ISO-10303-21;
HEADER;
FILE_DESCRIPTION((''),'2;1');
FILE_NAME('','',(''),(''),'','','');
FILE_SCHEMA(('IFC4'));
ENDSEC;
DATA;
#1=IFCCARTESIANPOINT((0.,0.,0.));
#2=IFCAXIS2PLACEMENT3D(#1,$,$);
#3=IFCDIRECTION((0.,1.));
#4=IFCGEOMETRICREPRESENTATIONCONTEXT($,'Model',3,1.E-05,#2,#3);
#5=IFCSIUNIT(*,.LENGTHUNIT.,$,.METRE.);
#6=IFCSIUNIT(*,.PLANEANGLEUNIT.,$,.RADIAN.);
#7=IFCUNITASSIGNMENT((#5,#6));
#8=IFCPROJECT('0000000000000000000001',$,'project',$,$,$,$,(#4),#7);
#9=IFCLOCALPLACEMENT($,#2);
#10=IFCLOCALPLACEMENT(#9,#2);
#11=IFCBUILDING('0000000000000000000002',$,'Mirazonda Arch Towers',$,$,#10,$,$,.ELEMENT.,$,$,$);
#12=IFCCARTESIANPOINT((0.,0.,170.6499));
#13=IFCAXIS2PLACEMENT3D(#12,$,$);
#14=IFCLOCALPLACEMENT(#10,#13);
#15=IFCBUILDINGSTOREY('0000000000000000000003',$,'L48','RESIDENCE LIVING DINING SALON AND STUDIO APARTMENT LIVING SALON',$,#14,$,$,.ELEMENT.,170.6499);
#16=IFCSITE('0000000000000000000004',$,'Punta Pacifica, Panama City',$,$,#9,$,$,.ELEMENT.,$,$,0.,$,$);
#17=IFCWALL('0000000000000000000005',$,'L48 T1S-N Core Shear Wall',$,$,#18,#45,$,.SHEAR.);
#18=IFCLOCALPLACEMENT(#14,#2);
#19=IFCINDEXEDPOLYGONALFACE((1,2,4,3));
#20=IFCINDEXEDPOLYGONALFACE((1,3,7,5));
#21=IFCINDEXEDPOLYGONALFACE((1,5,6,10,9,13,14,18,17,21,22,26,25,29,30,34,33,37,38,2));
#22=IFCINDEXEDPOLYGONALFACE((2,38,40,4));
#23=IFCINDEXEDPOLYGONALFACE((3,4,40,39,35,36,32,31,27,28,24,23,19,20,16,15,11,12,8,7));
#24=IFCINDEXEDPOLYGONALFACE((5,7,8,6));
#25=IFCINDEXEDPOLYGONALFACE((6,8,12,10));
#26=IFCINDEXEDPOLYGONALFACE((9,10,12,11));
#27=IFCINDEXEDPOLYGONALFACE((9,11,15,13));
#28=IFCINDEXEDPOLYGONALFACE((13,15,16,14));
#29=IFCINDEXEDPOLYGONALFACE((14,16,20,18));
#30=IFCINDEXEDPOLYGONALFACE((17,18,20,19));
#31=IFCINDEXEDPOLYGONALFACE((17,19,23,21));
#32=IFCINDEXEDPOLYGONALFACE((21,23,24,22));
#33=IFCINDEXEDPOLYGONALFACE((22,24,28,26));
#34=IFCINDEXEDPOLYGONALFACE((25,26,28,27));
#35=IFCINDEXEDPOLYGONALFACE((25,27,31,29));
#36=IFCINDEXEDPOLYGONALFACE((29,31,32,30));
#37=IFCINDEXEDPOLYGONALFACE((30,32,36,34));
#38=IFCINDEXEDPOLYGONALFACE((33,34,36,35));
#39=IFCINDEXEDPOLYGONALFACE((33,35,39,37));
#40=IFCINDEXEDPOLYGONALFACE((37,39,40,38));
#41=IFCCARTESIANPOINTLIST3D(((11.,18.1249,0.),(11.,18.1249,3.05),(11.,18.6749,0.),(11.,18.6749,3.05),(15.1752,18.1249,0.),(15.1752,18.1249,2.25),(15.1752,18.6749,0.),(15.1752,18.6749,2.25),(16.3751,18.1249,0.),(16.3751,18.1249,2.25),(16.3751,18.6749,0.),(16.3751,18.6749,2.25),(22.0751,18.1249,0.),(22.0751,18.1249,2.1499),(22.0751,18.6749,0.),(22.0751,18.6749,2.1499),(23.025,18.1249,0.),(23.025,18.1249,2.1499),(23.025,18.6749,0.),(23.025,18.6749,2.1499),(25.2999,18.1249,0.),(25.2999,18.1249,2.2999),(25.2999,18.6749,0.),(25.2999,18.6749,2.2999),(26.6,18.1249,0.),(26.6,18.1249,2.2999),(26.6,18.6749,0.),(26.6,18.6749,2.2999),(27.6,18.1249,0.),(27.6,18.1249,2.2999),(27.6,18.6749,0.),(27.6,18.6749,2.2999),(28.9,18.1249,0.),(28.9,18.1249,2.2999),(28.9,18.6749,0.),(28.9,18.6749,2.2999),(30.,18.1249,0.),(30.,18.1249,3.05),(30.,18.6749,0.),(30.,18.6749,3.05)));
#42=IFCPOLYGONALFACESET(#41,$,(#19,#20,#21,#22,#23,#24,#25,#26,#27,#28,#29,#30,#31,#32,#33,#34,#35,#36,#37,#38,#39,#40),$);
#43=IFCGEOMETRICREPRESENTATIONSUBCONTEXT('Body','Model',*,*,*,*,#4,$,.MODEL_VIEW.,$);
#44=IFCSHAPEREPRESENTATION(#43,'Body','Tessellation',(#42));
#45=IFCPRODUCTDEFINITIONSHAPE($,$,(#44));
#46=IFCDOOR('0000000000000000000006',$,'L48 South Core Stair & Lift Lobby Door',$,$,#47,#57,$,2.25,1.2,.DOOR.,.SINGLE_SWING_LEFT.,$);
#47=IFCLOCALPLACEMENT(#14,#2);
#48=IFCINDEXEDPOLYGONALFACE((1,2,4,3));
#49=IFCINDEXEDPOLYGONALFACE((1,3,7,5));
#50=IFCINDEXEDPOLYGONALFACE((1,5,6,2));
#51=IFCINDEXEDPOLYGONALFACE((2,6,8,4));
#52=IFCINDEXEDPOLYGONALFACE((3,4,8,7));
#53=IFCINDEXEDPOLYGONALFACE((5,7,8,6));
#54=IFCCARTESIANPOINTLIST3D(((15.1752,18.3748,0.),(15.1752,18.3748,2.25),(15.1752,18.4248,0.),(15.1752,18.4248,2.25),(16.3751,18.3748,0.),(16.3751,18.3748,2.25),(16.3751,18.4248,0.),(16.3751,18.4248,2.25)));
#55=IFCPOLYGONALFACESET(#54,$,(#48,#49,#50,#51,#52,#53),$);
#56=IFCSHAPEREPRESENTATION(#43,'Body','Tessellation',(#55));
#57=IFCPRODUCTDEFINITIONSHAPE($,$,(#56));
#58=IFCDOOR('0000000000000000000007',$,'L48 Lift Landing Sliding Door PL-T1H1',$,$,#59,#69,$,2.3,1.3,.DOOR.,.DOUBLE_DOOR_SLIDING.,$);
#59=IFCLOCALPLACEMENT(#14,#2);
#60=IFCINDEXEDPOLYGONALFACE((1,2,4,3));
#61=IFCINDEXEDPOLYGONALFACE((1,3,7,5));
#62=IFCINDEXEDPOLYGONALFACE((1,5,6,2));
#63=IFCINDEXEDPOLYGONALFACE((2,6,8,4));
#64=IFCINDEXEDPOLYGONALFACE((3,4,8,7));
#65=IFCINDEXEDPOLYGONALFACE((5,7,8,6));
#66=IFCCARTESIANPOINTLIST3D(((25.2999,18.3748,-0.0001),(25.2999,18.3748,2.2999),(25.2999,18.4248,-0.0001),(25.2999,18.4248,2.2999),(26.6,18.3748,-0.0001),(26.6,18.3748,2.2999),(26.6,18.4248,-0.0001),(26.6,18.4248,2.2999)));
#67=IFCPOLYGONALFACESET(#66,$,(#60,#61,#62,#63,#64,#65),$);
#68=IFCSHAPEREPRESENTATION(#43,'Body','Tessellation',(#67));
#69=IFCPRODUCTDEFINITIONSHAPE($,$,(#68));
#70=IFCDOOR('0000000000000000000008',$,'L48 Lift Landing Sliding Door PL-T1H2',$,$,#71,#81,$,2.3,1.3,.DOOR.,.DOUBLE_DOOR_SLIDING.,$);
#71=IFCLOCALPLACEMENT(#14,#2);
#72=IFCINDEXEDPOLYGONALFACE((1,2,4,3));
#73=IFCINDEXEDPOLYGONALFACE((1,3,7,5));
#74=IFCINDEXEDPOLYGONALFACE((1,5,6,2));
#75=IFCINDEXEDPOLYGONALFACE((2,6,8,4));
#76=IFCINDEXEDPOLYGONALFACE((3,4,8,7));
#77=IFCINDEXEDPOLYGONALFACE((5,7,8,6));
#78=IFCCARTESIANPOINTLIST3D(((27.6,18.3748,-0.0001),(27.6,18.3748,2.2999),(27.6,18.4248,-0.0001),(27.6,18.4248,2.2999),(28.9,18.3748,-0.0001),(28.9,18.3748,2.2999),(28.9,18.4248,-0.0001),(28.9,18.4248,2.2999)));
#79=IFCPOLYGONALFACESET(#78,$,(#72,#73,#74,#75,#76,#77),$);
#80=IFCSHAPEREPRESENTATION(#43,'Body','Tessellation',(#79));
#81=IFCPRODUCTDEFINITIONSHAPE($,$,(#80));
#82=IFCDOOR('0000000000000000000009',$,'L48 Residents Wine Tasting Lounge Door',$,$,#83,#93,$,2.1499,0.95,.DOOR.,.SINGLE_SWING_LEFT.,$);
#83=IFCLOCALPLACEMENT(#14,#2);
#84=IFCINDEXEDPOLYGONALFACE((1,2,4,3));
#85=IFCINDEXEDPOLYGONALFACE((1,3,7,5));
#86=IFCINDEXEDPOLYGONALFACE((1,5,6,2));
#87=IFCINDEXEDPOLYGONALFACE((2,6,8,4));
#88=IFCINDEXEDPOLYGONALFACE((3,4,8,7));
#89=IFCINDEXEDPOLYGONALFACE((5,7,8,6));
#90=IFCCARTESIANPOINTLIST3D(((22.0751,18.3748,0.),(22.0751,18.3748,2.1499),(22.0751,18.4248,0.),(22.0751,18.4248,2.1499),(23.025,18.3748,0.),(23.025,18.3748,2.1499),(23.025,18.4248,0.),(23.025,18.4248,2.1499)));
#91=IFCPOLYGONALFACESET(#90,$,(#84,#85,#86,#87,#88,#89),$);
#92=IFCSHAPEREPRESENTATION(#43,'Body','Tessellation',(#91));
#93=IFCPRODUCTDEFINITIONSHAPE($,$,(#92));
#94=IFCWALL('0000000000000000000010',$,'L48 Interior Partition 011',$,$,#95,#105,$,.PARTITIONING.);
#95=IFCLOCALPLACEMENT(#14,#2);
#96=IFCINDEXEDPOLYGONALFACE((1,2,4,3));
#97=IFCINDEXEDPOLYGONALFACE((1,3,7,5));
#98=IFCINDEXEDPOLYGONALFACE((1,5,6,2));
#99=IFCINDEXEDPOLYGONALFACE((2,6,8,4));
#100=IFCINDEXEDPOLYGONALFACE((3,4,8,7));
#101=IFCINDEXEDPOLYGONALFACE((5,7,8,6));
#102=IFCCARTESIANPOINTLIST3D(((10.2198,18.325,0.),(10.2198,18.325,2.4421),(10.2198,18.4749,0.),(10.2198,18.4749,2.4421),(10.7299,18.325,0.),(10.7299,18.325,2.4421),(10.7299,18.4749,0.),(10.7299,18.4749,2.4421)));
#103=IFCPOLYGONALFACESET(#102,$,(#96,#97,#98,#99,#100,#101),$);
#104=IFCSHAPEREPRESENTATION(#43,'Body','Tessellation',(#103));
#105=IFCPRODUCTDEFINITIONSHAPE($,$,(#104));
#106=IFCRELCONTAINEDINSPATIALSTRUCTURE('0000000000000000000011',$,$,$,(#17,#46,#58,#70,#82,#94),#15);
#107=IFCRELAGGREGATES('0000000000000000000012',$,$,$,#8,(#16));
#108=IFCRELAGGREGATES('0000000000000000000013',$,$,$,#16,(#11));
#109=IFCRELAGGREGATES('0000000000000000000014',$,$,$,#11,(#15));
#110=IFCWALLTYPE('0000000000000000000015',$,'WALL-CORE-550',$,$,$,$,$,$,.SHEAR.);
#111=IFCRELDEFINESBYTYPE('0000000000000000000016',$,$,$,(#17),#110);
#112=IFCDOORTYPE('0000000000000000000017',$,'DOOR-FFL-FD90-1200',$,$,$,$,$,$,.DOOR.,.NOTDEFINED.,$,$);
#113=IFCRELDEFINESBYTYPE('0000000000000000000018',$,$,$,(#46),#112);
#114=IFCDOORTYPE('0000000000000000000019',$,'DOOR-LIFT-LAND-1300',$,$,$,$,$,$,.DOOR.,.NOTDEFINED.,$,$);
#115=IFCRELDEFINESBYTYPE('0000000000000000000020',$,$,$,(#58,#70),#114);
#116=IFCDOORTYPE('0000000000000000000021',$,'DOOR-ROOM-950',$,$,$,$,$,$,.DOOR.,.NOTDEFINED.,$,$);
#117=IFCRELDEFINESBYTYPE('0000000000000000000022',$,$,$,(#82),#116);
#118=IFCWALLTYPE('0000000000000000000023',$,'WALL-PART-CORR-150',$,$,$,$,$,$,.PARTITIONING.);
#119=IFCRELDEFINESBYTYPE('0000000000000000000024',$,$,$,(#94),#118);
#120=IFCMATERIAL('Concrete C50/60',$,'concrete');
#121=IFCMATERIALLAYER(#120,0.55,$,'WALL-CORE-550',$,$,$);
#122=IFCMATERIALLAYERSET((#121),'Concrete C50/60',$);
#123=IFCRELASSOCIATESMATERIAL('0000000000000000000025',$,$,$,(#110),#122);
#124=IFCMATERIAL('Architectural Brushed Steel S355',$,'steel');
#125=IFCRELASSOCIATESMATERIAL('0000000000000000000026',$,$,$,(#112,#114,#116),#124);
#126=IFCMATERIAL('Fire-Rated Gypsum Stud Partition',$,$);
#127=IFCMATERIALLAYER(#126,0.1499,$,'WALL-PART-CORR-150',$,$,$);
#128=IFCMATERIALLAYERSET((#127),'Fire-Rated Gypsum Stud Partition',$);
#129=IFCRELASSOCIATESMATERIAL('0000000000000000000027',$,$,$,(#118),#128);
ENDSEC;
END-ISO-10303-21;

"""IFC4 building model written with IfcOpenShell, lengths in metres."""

from ifc_helpers import new_model, si_unit, direction, frame, frame_2d, origin, place, context, subcontext, project, spatial, rectangle, extrude, material, layer, layer_set, type_object, element, fill, save


model = new_model("IFC4")

# Units and contexts
model_context = context("Model", 3, precision=1e-05, world=origin(), true_north=direction((0.0, 1.0)))
body_context = subcontext(model_context, "Body", "Model", "MODEL_VIEW")
ifc_project = project(units=[si_unit("LENGTHUNIT", "METRE"), si_unit("PLANEANGLEUNIT", "RADIAN")], contexts=[model_context])

# Site, building, storey
site_placement = place(None, origin())
site = spatial("IfcSite", under=ifc_project, at=site_placement, Name="Punta Pacifica, Panama City", CompositionType="ELEMENT", RefElevation=0.0)
building_placement = place(site_placement, origin())
building = spatial("IfcBuilding", under=site, at=building_placement, Name="Mirazonda Arch Towers", CompositionType="ELEMENT")
storey_placement = place(building_placement, frame((0.0, 0.0, 170.6499)))
storey = spatial("IfcBuildingStorey", under=building, at=storey_placement, Name="L48", Description="RESIDENCE LIVING DINING SALON AND STUDIO APARTMENT LIVING SALON", CompositionType="ELEMENT", Elevation=170.6499)

# Shared definitions
ifc_material_1 = material(Name="Concrete C50/60", Category="concrete")

# Shared definitions
ifc_material_2 = material(Name="Architectural Brushed Steel S355", Category="steel")

# Wall, openings, doors
ifc_layer_1 = layer(ifc_material_1, 0.55, Name="WALL-CORE-550")
ifc_layer_set_1 = layer_set([ifc_layer_1], Name="Concrete C50/60")
wall_type_1 = type_object("IfcWallType", Name="WALL-CORE-550", PredefinedType="SHEAR", material=ifc_layer_set_1)
wall_1_placement = place(storey_placement, frame((11.0, 18.3999, 0.0), z_axis=(0.0, 0.0, 1.0), x_axis=(1.0, 0.0, 0.0)))
wall_1 = element("IfcWall", 1, at=wall_1_placement, inside=storey, type_object=wall_type_1, Name="L48 T1S-N Core Shear Wall", PredefinedType="SHEAR", context=body_context, shape_type="SweptSolid", body=[
    extrude(rectangle(XDim=19.0, YDim=0.55, at=frame_2d((9.5, 0.0))), origin(), (0.0, 0.0, 1.0), 3.05),
])
opening_1_placement = place(wall_1_placement, frame((4.175, 0.0, 0.0)))
opening_1 = element("IfcOpeningElement", 2, at=opening_1_placement, cuts=wall_1, PredefinedType="OPENING", context=body_context, shape_type="SweptSolid", body=[
    extrude(rectangle(XDim=1.2, YDim=2.25, at=frame_2d((0.6001, 1.125))), frame((0.0, 0.2849, 0.0), z_axis=(0.0, -1.0, 0.0), x_axis=(1.0, 0.0, 0.0)), (0.0, 0.0, 1.0), 0.5701),
])
opening_2_placement = place(wall_1_placement, frame((11.075, 0.0, 0.0)))
opening_2 = element("IfcOpeningElement", 3, at=opening_2_placement, cuts=wall_1, PredefinedType="OPENING", context=body_context, shape_type="SweptSolid", body=[
    extrude(rectangle(XDim=0.95, YDim=2.1499, at=frame_2d((0.4751, 1.075))), frame((0.0, 0.2849, 0.0), z_axis=(0.0, -1.0, 0.0), x_axis=(1.0, 0.0, 0.0)), (0.0, 0.0, 1.0), 0.5701),
])
opening_3_placement = place(wall_1_placement, frame((14.3, 0.0, 0.0)))
opening_3 = element("IfcOpeningElement", 4, at=opening_3_placement, cuts=wall_1, PredefinedType="OPENING", context=body_context, shape_type="SweptSolid", body=[
    extrude(rectangle(XDim=1.3, YDim=2.3, at=frame_2d((0.6499, 1.1499))), frame((0.0, 0.2849, 0.0), z_axis=(0.0, -1.0, 0.0), x_axis=(1.0, 0.0, 0.0)), (0.0, 0.0, 1.0), 0.5701),
])
opening_4_placement = place(wall_1_placement, frame((16.6001, 0.0, 0.0)))
opening_4 = element("IfcOpeningElement", 5, at=opening_4_placement, cuts=wall_1, PredefinedType="OPENING", context=body_context, shape_type="SweptSolid", body=[
    extrude(rectangle(XDim=1.3, YDim=2.3, at=frame_2d((0.6499, 1.1499))), frame((0.0, 0.2849, 0.0), z_axis=(0.0, -1.0, 0.0), x_axis=(1.0, 0.0, 0.0)), (0.0, 0.0, 1.0), 0.5701),
])
door_type_1 = type_object("IfcDoorType", Name="DOOR-FFL-FD90-1200", OperationType="NOTDEFINED", PredefinedType="DOOR", material=ifc_material_2)
door_1_placement = place(opening_1_placement, origin())
door_1 = element("IfcDoor", 6, at=door_1_placement, inside=storey, type_object=door_type_1, Name="L48 South Core Stair & Lift Lobby Door", OperationType="SINGLE_SWING_LEFT", OverallHeight=2.25, OverallWidth=1.2, PredefinedType="DOOR", context=body_context, shape_type="SweptSolid", body=[
    extrude(rectangle(XDim=1.2, YDim=2.25, at=frame_2d((0.6001, 1.125))), frame((0.0, 0.0249, 0.0), z_axis=(0.0, -1.0, 0.0), x_axis=(1.0, 0.0, 0.0)), (0.0, 0.0, 1.0), 0.05),
])
fill(opening_1, door_1)
door_type_2 = type_object("IfcDoorType", Name="DOOR-LIFT-LAND-1300", OperationType="NOTDEFINED", PredefinedType="DOOR", material=ifc_material_2)
door_2_placement = place(opening_3_placement, origin())
door_2 = element("IfcDoor", 7, at=door_2_placement, inside=storey, type_object=door_type_2, Name="L48 Lift Landing Sliding Door PL-T1H1", OperationType="DOUBLE_DOOR_SLIDING", OverallHeight=2.3, OverallWidth=1.3, PredefinedType="DOOR", context=body_context, shape_type="SweptSolid", body=[
    extrude(rectangle(XDim=1.3, YDim=2.3, at=frame_2d((0.6499, 1.1499))), frame((0.0, 0.0249, 0.0), z_axis=(0.0, -1.0, 0.0), x_axis=(1.0, 0.0, 0.0)), (0.0, 0.0, 1.0), 0.05),
])
fill(opening_3, door_2)
door_3_placement = place(opening_4_placement, origin())
door_3 = element("IfcDoor", 8, at=door_3_placement, inside=storey, type_object=door_type_2, Name="L48 Lift Landing Sliding Door PL-T1H2", OperationType="DOUBLE_DOOR_SLIDING", OverallHeight=2.3, OverallWidth=1.3, PredefinedType="DOOR", context=body_context, shape_type="SweptSolid", body=[
    extrude(rectangle(XDim=1.3, YDim=2.3, at=frame_2d((0.6499, 1.1499))), frame((0.0, 0.0249, 0.0), z_axis=(0.0, -1.0, 0.0), x_axis=(1.0, 0.0, 0.0)), (0.0, 0.0, 1.0), 0.05),
])
fill(opening_4, door_3)
door_type_3 = type_object("IfcDoorType", Name="DOOR-ROOM-950", OperationType="NOTDEFINED", PredefinedType="DOOR", material=ifc_material_2)
door_4_placement = place(opening_2_placement, origin())
door_4 = element("IfcDoor", 9, at=door_4_placement, inside=storey, type_object=door_type_3, Name="L48 Residents Wine Tasting Lounge Door", OperationType="SINGLE_SWING_LEFT", OverallHeight=2.1499, OverallWidth=0.95, PredefinedType="DOOR", context=body_context, shape_type="SweptSolid", body=[
    extrude(rectangle(XDim=0.95, YDim=2.1499, at=frame_2d((0.4751, 1.075))), frame((0.0, 0.0249, 0.0), z_axis=(0.0, -1.0, 0.0), x_axis=(1.0, 0.0, 0.0)), (0.0, 0.0, 1.0), 0.05),
])
fill(opening_2, door_4)

# Wall
ifc_material_3 = material(Name="Fire-Rated Gypsum Stud Partition")
ifc_layer_2 = layer(ifc_material_3, 0.1499, Name="WALL-PART-CORR-150")
ifc_layer_set_2 = layer_set([ifc_layer_2], Name="Fire-Rated Gypsum Stud Partition")
wall_type_2 = type_object("IfcWallType", Name="WALL-PART-CORR-150", PredefinedType="PARTITIONING", material=ifc_layer_set_2)
wall_2_placement = place(storey_placement, frame((10.22, 18.3999, 0.0), z_axis=(0.0, 0.0, 1.0), x_axis=(1.0, 0.0, 0.0)))
element("IfcWall", 10, at=wall_2_placement, inside=storey, type_object=wall_type_2, Name="L48 Interior Partition 011", PredefinedType="PARTITIONING", context=body_context, shape_type="SweptSolid", body=[
    extrude(rectangle(XDim=0.51, YDim=0.1499, at=frame_2d((0.2549, 0.0))), origin(), (0.0, 0.0, 1.0), 2.4421),
])

save(model, "model.ifc")
